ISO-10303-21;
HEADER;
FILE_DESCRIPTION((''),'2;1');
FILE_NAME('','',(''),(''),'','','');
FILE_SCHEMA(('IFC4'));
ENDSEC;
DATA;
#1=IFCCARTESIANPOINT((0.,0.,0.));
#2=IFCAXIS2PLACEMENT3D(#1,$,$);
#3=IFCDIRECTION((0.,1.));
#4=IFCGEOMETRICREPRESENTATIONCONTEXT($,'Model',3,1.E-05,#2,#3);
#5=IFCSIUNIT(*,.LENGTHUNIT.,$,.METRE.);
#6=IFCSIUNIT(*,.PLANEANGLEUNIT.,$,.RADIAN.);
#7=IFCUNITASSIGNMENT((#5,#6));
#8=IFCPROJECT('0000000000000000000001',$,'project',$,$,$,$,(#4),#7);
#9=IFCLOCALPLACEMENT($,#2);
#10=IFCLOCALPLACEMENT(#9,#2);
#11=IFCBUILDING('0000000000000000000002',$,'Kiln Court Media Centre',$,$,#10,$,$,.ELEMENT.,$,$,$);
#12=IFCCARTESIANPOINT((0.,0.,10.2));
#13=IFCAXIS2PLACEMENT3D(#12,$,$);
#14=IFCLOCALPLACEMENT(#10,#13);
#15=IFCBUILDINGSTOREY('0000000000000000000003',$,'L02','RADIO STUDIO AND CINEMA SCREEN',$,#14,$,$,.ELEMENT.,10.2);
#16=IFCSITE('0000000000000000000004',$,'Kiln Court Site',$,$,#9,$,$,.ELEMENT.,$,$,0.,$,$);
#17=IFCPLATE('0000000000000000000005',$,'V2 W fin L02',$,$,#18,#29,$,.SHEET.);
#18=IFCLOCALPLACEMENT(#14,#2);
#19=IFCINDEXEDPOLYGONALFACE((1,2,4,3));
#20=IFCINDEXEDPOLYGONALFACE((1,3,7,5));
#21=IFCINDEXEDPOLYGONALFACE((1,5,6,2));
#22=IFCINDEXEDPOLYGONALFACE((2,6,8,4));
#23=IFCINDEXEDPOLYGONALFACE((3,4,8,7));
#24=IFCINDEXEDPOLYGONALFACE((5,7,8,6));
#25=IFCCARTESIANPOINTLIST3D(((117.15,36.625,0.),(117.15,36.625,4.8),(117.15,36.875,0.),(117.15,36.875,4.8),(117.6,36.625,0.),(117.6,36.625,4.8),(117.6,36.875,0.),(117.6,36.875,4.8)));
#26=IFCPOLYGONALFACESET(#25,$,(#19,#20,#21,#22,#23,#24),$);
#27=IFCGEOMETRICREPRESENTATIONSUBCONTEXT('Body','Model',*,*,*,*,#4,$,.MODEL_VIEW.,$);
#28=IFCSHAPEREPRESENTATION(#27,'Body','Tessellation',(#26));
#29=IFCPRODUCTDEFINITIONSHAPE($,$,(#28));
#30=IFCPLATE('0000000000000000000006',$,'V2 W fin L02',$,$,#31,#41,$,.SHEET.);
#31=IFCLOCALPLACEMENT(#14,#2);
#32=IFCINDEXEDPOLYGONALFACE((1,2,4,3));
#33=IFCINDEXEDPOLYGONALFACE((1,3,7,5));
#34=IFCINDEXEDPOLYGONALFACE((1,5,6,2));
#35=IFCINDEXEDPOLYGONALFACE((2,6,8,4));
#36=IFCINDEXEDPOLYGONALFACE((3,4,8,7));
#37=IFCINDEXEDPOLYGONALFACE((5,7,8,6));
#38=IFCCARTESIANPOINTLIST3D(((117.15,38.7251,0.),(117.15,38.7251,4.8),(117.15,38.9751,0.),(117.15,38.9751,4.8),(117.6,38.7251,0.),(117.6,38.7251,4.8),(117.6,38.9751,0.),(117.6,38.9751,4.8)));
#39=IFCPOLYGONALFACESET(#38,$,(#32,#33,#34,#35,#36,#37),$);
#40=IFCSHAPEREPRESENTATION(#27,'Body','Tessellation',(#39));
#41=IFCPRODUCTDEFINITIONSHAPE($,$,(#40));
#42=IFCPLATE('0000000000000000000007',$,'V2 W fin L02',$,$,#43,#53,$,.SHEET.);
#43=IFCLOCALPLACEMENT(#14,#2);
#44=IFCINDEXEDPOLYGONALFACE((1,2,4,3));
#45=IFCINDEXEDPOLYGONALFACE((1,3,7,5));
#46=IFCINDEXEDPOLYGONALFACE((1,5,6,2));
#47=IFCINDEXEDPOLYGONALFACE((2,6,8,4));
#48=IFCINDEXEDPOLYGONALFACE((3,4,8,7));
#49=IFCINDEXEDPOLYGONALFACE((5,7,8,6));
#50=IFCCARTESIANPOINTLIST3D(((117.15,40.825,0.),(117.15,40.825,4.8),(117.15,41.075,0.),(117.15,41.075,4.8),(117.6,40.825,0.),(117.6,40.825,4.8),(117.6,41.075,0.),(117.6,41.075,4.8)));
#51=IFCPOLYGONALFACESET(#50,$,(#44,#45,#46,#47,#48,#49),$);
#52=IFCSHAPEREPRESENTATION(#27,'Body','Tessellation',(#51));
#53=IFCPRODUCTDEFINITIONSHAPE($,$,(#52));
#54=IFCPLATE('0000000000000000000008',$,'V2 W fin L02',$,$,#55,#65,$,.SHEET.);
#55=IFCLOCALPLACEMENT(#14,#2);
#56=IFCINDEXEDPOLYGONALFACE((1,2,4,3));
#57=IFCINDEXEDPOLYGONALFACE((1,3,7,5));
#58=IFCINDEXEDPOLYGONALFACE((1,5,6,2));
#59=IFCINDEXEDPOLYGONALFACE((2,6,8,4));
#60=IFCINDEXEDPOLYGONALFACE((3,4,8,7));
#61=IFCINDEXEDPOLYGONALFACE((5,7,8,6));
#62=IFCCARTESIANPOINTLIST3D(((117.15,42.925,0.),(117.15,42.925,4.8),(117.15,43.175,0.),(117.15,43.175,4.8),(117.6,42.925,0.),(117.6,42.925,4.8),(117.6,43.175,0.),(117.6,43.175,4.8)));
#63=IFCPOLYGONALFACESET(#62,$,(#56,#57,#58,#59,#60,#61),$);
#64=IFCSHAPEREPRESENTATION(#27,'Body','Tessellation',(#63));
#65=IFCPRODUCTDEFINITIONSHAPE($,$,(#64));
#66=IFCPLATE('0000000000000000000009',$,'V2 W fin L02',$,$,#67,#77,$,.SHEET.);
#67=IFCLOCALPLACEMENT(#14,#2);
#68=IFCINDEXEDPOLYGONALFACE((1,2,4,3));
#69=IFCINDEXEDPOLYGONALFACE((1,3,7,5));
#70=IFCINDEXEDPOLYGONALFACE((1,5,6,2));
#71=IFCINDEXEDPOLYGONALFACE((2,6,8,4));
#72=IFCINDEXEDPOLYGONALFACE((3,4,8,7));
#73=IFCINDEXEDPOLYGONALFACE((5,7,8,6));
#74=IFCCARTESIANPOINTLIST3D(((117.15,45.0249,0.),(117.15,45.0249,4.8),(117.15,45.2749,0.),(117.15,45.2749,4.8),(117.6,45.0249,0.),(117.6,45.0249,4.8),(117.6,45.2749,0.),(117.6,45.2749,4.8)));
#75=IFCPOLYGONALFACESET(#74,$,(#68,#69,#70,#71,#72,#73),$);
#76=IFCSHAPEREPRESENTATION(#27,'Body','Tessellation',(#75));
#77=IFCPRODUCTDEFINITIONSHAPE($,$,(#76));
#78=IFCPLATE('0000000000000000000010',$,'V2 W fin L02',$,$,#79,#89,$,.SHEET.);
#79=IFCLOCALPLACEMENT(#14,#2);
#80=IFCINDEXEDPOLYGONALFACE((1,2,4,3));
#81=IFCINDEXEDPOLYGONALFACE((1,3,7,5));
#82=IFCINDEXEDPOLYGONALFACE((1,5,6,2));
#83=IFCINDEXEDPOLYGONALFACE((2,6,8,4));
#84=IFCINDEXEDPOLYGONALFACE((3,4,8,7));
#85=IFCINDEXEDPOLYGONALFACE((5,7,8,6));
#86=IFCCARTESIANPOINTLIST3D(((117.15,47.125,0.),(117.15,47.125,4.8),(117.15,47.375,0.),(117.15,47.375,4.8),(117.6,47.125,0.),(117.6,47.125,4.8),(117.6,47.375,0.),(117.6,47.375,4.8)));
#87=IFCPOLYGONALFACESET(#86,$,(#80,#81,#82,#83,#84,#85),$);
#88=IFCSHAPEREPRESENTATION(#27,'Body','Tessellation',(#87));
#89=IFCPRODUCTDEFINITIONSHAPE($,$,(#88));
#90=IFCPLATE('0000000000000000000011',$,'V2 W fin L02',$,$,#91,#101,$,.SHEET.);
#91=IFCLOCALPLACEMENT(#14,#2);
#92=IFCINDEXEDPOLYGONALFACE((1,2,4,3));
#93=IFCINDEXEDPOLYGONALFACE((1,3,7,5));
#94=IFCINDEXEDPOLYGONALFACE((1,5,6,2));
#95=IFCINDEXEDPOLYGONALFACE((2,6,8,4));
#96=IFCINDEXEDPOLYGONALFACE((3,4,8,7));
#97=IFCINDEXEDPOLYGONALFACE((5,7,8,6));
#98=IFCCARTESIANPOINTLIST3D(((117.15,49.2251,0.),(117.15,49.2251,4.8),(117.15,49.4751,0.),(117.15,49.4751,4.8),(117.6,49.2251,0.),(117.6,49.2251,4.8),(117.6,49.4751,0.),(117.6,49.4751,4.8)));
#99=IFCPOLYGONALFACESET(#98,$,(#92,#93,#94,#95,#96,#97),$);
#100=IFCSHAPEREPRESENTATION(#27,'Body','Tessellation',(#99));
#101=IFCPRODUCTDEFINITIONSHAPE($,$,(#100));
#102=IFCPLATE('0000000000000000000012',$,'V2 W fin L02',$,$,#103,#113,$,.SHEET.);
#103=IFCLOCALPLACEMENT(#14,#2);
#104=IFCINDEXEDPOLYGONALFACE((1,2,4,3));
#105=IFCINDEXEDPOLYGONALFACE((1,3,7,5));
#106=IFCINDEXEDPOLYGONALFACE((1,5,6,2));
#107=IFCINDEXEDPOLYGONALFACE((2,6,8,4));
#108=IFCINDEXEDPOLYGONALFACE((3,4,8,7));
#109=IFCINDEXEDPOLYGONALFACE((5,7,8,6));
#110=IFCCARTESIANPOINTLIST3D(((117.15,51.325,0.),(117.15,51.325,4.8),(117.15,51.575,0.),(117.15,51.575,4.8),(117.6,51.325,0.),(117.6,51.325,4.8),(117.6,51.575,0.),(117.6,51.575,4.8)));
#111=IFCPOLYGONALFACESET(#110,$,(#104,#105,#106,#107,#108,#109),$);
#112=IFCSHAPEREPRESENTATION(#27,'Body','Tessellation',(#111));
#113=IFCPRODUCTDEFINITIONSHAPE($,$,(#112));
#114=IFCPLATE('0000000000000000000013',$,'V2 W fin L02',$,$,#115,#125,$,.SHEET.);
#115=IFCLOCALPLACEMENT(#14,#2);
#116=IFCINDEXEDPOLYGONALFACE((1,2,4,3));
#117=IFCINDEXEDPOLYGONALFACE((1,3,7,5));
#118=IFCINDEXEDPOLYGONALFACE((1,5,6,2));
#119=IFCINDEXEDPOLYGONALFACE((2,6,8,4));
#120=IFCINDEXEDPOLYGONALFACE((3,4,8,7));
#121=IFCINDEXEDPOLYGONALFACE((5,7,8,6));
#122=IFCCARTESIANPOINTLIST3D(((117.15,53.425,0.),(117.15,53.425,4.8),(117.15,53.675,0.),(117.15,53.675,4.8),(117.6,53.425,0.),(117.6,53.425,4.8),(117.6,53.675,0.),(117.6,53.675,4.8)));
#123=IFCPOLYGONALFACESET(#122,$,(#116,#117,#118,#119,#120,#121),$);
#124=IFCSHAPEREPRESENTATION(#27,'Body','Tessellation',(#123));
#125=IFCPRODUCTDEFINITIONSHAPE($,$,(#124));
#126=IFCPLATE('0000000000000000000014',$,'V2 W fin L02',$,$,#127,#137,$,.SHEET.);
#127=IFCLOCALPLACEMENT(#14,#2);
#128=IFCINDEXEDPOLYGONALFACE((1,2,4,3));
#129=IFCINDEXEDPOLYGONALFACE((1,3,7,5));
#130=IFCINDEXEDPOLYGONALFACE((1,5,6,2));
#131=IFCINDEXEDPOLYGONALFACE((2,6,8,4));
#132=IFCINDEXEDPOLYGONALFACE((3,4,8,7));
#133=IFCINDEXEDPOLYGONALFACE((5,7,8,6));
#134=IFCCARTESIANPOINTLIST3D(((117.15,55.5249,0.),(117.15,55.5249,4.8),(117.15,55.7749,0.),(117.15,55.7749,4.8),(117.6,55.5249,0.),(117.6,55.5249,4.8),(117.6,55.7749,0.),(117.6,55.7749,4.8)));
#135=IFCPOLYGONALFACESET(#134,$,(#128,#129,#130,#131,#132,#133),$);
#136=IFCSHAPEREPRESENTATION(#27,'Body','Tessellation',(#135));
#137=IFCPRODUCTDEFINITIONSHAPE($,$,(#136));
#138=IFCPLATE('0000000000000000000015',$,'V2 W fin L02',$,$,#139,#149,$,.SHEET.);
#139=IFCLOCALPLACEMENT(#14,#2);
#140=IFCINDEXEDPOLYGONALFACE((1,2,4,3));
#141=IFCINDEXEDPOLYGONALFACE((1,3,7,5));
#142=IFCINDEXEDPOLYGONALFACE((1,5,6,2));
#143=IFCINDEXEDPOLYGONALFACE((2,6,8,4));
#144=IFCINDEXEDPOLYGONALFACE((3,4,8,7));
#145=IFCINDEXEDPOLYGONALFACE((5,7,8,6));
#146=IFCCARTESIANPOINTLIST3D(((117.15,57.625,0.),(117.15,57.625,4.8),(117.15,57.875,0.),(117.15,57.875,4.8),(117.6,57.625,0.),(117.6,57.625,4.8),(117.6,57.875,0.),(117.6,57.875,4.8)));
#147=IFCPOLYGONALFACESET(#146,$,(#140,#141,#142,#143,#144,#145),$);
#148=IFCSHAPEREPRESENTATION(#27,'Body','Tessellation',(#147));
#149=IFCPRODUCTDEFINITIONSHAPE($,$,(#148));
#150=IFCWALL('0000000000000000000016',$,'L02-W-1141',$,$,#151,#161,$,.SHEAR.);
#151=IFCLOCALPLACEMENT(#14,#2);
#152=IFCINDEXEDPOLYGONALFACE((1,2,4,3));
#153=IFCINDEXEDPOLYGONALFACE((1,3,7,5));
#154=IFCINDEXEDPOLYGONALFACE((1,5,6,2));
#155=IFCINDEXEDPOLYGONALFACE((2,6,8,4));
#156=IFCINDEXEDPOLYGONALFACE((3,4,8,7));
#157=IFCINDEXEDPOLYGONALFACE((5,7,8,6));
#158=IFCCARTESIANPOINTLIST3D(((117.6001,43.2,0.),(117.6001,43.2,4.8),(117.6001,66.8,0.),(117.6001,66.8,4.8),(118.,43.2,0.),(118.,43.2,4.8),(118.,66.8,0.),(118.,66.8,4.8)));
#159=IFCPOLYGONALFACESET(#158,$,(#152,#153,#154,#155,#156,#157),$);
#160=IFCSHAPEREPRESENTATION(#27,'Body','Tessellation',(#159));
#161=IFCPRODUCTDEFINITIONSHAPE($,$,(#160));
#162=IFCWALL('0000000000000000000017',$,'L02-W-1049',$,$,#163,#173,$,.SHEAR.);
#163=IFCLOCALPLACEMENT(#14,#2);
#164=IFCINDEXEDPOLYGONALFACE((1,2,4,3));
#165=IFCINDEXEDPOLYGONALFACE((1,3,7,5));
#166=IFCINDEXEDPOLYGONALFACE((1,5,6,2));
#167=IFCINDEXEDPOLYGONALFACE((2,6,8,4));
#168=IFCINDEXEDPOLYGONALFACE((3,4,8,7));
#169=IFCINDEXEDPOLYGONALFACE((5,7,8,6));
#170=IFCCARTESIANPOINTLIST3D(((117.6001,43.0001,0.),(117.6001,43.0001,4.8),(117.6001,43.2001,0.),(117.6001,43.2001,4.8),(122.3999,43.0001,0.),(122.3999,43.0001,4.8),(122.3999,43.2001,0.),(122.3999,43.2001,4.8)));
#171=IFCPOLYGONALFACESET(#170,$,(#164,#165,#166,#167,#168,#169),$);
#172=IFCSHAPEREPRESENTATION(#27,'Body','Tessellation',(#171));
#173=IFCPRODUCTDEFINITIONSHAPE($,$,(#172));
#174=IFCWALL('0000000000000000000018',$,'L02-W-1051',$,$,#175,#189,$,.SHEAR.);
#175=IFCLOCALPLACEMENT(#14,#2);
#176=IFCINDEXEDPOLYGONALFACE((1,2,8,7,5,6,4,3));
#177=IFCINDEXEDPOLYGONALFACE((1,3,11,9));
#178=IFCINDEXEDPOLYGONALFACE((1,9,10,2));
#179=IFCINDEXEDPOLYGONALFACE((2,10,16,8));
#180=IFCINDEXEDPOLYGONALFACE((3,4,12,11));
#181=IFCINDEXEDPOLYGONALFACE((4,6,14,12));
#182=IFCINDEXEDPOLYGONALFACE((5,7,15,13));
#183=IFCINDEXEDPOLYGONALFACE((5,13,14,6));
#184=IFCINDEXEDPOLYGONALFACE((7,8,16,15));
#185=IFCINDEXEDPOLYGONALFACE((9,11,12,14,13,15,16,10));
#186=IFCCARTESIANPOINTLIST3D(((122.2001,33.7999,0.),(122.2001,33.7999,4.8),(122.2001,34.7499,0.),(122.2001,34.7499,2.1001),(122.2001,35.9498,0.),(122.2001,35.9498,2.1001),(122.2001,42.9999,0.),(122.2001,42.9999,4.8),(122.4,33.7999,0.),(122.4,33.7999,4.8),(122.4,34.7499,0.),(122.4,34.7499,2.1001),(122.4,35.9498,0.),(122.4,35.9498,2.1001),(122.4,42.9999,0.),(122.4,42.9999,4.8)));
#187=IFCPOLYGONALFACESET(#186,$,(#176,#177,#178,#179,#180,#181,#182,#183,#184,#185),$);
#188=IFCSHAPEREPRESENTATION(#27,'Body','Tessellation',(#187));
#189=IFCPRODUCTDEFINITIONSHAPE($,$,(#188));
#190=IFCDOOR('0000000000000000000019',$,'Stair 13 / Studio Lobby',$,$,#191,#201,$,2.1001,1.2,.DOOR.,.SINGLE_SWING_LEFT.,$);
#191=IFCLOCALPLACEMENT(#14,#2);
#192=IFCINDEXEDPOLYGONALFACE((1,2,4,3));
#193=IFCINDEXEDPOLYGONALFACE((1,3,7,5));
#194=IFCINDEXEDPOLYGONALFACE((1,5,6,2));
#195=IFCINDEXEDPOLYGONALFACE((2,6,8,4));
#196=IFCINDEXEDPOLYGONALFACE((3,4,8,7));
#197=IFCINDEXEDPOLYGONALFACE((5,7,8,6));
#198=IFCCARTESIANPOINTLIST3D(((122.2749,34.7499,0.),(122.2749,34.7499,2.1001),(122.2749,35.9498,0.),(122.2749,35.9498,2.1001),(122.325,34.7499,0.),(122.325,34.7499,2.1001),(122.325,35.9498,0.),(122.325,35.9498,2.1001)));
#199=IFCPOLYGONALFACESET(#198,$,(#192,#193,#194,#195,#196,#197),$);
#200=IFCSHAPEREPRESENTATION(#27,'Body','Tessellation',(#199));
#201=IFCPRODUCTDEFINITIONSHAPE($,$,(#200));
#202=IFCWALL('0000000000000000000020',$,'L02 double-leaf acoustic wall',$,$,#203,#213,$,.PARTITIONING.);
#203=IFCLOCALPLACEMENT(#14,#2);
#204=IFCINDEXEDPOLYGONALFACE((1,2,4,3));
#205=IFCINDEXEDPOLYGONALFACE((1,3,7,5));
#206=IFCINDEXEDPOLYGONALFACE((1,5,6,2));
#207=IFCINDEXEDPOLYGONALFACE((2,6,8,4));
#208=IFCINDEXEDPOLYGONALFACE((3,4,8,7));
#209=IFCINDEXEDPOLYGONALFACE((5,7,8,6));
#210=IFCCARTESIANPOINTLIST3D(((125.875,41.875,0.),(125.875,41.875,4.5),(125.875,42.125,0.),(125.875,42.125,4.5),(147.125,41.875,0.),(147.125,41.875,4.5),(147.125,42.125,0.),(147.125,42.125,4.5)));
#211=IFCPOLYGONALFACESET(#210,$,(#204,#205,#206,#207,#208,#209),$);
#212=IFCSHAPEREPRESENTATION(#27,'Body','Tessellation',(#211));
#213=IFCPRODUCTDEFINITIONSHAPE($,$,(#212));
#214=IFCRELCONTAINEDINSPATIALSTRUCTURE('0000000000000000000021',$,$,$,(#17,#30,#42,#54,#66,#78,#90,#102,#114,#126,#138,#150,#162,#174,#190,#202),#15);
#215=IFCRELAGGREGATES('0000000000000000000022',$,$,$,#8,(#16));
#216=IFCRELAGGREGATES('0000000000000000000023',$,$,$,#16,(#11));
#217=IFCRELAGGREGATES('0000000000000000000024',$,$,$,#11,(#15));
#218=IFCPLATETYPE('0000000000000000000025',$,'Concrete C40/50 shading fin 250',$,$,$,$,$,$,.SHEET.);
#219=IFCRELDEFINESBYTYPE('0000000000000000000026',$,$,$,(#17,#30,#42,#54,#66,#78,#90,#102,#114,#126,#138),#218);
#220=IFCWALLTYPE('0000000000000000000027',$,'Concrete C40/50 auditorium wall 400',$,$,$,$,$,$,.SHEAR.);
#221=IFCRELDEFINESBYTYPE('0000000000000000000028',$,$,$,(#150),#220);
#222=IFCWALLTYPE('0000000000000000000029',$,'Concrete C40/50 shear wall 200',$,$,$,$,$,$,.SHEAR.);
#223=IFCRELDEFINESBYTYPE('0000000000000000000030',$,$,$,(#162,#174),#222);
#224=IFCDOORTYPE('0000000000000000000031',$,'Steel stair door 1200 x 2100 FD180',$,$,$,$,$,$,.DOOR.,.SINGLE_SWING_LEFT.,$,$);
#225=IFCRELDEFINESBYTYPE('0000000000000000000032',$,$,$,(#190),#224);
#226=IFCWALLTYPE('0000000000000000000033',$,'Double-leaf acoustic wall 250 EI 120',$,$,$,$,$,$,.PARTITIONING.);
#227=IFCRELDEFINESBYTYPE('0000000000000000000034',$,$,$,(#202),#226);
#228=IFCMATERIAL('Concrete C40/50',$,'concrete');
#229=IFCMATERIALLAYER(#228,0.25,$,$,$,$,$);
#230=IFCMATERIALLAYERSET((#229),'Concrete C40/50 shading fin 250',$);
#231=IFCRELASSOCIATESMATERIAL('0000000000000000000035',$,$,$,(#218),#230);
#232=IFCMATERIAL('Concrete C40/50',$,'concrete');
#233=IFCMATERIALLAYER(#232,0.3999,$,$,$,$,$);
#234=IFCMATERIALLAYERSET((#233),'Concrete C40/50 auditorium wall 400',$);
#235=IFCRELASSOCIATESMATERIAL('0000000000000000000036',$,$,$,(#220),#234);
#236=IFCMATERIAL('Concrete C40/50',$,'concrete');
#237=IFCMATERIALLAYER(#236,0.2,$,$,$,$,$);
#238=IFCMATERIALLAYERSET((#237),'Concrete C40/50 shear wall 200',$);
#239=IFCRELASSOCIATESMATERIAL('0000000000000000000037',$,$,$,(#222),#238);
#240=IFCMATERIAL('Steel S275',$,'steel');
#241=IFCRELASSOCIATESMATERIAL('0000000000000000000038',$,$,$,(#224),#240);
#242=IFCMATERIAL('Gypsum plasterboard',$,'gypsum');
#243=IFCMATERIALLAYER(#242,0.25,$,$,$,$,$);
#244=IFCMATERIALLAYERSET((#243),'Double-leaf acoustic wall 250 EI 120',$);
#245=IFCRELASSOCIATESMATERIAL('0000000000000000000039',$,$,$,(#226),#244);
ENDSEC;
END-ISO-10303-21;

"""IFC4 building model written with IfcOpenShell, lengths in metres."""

from ifc_helpers import new_model, si_unit, direction, frame, frame_2d, origin, origin_2d, place, context, subcontext, project, spatial, rectangle, extrude, material, layer, layer_set, type_object, element, fill, save


model = new_model("IFC4")

# Units and contexts
model_context = context("Model", 3, precision=1e-05, world=origin(), true_north=direction((0.0, 1.0)))
body_context = subcontext(model_context, "Body", "Model", "MODEL_VIEW")
ifc_project = project(units=[si_unit("LENGTHUNIT", "METRE"), si_unit("PLANEANGLEUNIT", "RADIAN")], contexts=[model_context])

# Site, building, storey
site_placement = place(None, origin())
site = spatial("IfcSite", under=ifc_project, at=site_placement, Name="Kiln Court Site", CompositionType="ELEMENT", RefElevation=0.0)
building_placement = place(site_placement, origin())
building = spatial("IfcBuilding", under=site, at=building_placement, Name="Kiln Court Media Centre", CompositionType="ELEMENT")
storey_placement = place(building_placement, frame((0.0, 0.0, 10.2)))
storey = spatial("IfcBuildingStorey", under=building, at=storey_placement, Name="L02", Description="RADIO STUDIO AND CINEMA SCREEN", CompositionType="ELEMENT", Elevation=10.2)

# Plates
ifc_material_1 = material(Name="Concrete C40/50", Category="concrete")
ifc_layer_1 = layer(ifc_material_1, 0.25)
ifc_layer_set_1 = layer_set([ifc_layer_1], Name="Concrete C40/50 shading fin 250")
plate_type = type_object("IfcPlateType", Name="Concrete C40/50 shading fin 250", PredefinedType="SHEET", material=ifc_layer_set_1)
for number, where, z_axis, x_axis, name in (
    (1, (117.375, 36.75, 0.0), (0.0, 0.0, 1.0), (1.0, 0.0, 0.0), "V2 W fin L02"),
    (2, (117.375, 38.8501, 0.0), (0.0, 0.0, 1.0), (1.0, 0.0, 0.0), "V2 W fin L02"),
    (3, (117.375, 40.95, 0.0), (0.0, 0.0, 1.0), (1.0, 0.0, 0.0), "V2 W fin L02"),
    (4, (117.375, 43.05, 0.0), (0.0, 0.0, 1.0), (1.0, 0.0, 0.0), "V2 W fin L02"),
    (5, (117.375, 45.1499, 0.0), (0.0, 0.0, 1.0), (1.0, 0.0, 0.0), "V2 W fin L02"),
    (6, (117.375, 47.25, 0.0), (0.0, 0.0, 1.0), (1.0, 0.0, 0.0), "V2 W fin L02"),
    (7, (117.375, 49.3501, 0.0), (0.0, 0.0, 1.0), (1.0, 0.0, 0.0), "V2 W fin L02"),
    (8, (117.375, 51.45, 0.0), (0.0, 0.0, 1.0), (1.0, 0.0, 0.0), "V2 W fin L02"),
    (9, (117.375, 53.55, 0.0), (0.0, 0.0, 1.0), (1.0, 0.0, 0.0), "V2 W fin L02"),
    (10, (117.375, 55.6499, 0.0), (0.0, 0.0, 1.0), (1.0, 0.0, 0.0), "V2 W fin L02"),
    (11, (117.375, 57.75, 0.0), (0.0, 0.0, 1.0), (1.0, 0.0, 0.0), "V2 W fin L02"),
):
    element("IfcPlate", number, at=place(storey_placement, frame(where, z_axis=z_axis, x_axis=x_axis)), inside=storey, type_object=plate_type, Name=name, PredefinedType="SHEET", context=body_context, shape_type="SweptSolid", body=[
        extrude(rectangle(XDim=0.45, YDim=0.25, at=origin_2d()), origin(), (0.0, 0.0, 1.0), 4.8),
    ])

# Walls
ifc_material_2 = material(Name="Concrete C40/50", Category="concrete")
ifc_layer_2 = layer(ifc_material_2, 0.3999)
ifc_layer_set_2 = layer_set([ifc_layer_2], Name="Concrete C40/50 auditorium wall 400")
wall_type_1 = type_object("IfcWallType", Name="Concrete C40/50 auditorium wall 400", PredefinedType="SHEAR", material=ifc_layer_set_2)
wall_1_placement = place(storey_placement, frame((117.8, 43.2, 0.0), z_axis=(0.0, 0.0, 1.0), x_axis=(0.0, 1.0, 0.0)))
element("IfcWall", 12, at=wall_1_placement, inside=storey, type_object=wall_type_1, Name="L02-W-1141", PredefinedType="SHEAR", context=body_context, shape_type="SweptSolid", body=[
    extrude(rectangle(XDim=23.6001, YDim=0.3999, at=frame_2d((11.8, 0.0))), origin(), (0.0, 0.0, 1.0), 4.8),
])
ifc_material_3 = material(Name="Concrete C40/50", Category="concrete")
ifc_layer_3 = layer(ifc_material_3, 0.2)
ifc_layer_set_3 = layer_set([ifc_layer_3], Name="Concrete C40/50 shear wall 200")
wall_type_2 = type_object("IfcWallType", Name="Concrete C40/50 shear wall 200", PredefinedType="SHEAR", material=ifc_layer_set_3)
wall_2_placement = place(storey_placement, frame((117.6001, 43.1001, 0.0), z_axis=(0.0, 0.0, 1.0), x_axis=(1.0, 0.0, 0.0)))
element("IfcWall", 13, at=wall_2_placement, inside=storey, type_object=wall_type_2, Name="L02-W-1049", PredefinedType="SHEAR", context=body_context, shape_type="SweptSolid", body=[
    extrude(rectangle(XDim=4.7998, YDim=0.2, at=frame_2d((2.3999, 0.0))), origin(), (0.0, 0.0, 1.0), 4.8),
])

# Wall, opening, door
wall_3_placement = place(storey_placement, frame((122.3, 43.0, 0.0), z_axis=(0.0, 0.0, 1.0), x_axis=(0.0, -1.0, 0.0)))
wall_3 = element("IfcWall", 14, at=wall_3_placement, inside=storey, type_object=wall_type_2, Name="L02-W-1051", PredefinedType="SHEAR", context=body_context, shape_type="SweptSolid", body=[
    extrude(rectangle(XDim=9.2, YDim=0.2, at=frame_2d((4.6001, 0.0))), origin(), (0.0, 0.0, 1.0), 4.8),
])
opening_1_placement = place(wall_3_placement, frame((7.05, 0.0, 0.0)))
opening_1 = element("IfcOpeningElement", 15, at=opening_1_placement, cuts=wall_3, PredefinedType="OPENING", context=body_context, shape_type="SweptSolid", body=[
    extrude(rectangle(XDim=1.2, YDim=2.1001, at=frame_2d((0.6001, 1.05))), frame((0.0, 0.1099, 0.0), z_axis=(0.0, -1.0, 0.0), x_axis=(1.0, 0.0, 0.0)), (0.0, 0.0, 1.0), 0.22),
])
ifc_material_4 = material(Name="Steel S275", Category="steel")
door_type_1 = type_object("IfcDoorType", Name="Steel stair door 1200 x 2100 FD180", OperationType="SINGLE_SWING_LEFT", PredefinedType="DOOR", material=ifc_material_4)
door_1_placement = place(opening_1_placement, origin())
door_1 = element("IfcDoor", 16, at=door_1_placement, inside=storey, type_object=door_type_1, Name="Stair 13 / Studio Lobby", OperationType="SINGLE_SWING_LEFT", OverallHeight=2.1001, OverallWidth=1.2, PredefinedType="DOOR", context=body_context, shape_type="SweptSolid", body=[
    extrude(rectangle(XDim=1.2, YDim=2.1001, at=frame_2d((0.6001, 1.05))), frame((0.0, 0.0249, 0.0), z_axis=(0.0, -1.0, 0.0), x_axis=(1.0, 0.0, 0.0)), (0.0, 0.0, 1.0), 0.05),
])
fill(opening_1, door_1)

# Wall
ifc_material_5 = material(Name="Gypsum plasterboard", Category="gypsum")
ifc_layer_4 = layer(ifc_material_5, 0.25)
ifc_layer_set_4 = layer_set([ifc_layer_4], Name="Double-leaf acoustic wall 250 EI 120")
wall_type_3 = type_object("IfcWallType", Name="Double-leaf acoustic wall 250 EI 120", PredefinedType="PARTITIONING", material=ifc_layer_set_4)
wall_4_placement = place(storey_placement, frame((125.875, 42.0, 0.0), z_axis=(0.0, 0.0, 1.0), x_axis=(1.0, 0.0, 0.0)))
element("IfcWall", 17, at=wall_4_placement, inside=storey, type_object=wall_type_3, Name="L02 double-leaf acoustic wall", PredefinedType="PARTITIONING", context=body_context, shape_type="SweptSolid", body=[
    extrude(rectangle(XDim=21.25, YDim=0.25, at=frame_2d((10.625, 0.0))), origin(), (0.0, 0.0, 1.0), 4.5),
])

save(model, "model.ifc")
